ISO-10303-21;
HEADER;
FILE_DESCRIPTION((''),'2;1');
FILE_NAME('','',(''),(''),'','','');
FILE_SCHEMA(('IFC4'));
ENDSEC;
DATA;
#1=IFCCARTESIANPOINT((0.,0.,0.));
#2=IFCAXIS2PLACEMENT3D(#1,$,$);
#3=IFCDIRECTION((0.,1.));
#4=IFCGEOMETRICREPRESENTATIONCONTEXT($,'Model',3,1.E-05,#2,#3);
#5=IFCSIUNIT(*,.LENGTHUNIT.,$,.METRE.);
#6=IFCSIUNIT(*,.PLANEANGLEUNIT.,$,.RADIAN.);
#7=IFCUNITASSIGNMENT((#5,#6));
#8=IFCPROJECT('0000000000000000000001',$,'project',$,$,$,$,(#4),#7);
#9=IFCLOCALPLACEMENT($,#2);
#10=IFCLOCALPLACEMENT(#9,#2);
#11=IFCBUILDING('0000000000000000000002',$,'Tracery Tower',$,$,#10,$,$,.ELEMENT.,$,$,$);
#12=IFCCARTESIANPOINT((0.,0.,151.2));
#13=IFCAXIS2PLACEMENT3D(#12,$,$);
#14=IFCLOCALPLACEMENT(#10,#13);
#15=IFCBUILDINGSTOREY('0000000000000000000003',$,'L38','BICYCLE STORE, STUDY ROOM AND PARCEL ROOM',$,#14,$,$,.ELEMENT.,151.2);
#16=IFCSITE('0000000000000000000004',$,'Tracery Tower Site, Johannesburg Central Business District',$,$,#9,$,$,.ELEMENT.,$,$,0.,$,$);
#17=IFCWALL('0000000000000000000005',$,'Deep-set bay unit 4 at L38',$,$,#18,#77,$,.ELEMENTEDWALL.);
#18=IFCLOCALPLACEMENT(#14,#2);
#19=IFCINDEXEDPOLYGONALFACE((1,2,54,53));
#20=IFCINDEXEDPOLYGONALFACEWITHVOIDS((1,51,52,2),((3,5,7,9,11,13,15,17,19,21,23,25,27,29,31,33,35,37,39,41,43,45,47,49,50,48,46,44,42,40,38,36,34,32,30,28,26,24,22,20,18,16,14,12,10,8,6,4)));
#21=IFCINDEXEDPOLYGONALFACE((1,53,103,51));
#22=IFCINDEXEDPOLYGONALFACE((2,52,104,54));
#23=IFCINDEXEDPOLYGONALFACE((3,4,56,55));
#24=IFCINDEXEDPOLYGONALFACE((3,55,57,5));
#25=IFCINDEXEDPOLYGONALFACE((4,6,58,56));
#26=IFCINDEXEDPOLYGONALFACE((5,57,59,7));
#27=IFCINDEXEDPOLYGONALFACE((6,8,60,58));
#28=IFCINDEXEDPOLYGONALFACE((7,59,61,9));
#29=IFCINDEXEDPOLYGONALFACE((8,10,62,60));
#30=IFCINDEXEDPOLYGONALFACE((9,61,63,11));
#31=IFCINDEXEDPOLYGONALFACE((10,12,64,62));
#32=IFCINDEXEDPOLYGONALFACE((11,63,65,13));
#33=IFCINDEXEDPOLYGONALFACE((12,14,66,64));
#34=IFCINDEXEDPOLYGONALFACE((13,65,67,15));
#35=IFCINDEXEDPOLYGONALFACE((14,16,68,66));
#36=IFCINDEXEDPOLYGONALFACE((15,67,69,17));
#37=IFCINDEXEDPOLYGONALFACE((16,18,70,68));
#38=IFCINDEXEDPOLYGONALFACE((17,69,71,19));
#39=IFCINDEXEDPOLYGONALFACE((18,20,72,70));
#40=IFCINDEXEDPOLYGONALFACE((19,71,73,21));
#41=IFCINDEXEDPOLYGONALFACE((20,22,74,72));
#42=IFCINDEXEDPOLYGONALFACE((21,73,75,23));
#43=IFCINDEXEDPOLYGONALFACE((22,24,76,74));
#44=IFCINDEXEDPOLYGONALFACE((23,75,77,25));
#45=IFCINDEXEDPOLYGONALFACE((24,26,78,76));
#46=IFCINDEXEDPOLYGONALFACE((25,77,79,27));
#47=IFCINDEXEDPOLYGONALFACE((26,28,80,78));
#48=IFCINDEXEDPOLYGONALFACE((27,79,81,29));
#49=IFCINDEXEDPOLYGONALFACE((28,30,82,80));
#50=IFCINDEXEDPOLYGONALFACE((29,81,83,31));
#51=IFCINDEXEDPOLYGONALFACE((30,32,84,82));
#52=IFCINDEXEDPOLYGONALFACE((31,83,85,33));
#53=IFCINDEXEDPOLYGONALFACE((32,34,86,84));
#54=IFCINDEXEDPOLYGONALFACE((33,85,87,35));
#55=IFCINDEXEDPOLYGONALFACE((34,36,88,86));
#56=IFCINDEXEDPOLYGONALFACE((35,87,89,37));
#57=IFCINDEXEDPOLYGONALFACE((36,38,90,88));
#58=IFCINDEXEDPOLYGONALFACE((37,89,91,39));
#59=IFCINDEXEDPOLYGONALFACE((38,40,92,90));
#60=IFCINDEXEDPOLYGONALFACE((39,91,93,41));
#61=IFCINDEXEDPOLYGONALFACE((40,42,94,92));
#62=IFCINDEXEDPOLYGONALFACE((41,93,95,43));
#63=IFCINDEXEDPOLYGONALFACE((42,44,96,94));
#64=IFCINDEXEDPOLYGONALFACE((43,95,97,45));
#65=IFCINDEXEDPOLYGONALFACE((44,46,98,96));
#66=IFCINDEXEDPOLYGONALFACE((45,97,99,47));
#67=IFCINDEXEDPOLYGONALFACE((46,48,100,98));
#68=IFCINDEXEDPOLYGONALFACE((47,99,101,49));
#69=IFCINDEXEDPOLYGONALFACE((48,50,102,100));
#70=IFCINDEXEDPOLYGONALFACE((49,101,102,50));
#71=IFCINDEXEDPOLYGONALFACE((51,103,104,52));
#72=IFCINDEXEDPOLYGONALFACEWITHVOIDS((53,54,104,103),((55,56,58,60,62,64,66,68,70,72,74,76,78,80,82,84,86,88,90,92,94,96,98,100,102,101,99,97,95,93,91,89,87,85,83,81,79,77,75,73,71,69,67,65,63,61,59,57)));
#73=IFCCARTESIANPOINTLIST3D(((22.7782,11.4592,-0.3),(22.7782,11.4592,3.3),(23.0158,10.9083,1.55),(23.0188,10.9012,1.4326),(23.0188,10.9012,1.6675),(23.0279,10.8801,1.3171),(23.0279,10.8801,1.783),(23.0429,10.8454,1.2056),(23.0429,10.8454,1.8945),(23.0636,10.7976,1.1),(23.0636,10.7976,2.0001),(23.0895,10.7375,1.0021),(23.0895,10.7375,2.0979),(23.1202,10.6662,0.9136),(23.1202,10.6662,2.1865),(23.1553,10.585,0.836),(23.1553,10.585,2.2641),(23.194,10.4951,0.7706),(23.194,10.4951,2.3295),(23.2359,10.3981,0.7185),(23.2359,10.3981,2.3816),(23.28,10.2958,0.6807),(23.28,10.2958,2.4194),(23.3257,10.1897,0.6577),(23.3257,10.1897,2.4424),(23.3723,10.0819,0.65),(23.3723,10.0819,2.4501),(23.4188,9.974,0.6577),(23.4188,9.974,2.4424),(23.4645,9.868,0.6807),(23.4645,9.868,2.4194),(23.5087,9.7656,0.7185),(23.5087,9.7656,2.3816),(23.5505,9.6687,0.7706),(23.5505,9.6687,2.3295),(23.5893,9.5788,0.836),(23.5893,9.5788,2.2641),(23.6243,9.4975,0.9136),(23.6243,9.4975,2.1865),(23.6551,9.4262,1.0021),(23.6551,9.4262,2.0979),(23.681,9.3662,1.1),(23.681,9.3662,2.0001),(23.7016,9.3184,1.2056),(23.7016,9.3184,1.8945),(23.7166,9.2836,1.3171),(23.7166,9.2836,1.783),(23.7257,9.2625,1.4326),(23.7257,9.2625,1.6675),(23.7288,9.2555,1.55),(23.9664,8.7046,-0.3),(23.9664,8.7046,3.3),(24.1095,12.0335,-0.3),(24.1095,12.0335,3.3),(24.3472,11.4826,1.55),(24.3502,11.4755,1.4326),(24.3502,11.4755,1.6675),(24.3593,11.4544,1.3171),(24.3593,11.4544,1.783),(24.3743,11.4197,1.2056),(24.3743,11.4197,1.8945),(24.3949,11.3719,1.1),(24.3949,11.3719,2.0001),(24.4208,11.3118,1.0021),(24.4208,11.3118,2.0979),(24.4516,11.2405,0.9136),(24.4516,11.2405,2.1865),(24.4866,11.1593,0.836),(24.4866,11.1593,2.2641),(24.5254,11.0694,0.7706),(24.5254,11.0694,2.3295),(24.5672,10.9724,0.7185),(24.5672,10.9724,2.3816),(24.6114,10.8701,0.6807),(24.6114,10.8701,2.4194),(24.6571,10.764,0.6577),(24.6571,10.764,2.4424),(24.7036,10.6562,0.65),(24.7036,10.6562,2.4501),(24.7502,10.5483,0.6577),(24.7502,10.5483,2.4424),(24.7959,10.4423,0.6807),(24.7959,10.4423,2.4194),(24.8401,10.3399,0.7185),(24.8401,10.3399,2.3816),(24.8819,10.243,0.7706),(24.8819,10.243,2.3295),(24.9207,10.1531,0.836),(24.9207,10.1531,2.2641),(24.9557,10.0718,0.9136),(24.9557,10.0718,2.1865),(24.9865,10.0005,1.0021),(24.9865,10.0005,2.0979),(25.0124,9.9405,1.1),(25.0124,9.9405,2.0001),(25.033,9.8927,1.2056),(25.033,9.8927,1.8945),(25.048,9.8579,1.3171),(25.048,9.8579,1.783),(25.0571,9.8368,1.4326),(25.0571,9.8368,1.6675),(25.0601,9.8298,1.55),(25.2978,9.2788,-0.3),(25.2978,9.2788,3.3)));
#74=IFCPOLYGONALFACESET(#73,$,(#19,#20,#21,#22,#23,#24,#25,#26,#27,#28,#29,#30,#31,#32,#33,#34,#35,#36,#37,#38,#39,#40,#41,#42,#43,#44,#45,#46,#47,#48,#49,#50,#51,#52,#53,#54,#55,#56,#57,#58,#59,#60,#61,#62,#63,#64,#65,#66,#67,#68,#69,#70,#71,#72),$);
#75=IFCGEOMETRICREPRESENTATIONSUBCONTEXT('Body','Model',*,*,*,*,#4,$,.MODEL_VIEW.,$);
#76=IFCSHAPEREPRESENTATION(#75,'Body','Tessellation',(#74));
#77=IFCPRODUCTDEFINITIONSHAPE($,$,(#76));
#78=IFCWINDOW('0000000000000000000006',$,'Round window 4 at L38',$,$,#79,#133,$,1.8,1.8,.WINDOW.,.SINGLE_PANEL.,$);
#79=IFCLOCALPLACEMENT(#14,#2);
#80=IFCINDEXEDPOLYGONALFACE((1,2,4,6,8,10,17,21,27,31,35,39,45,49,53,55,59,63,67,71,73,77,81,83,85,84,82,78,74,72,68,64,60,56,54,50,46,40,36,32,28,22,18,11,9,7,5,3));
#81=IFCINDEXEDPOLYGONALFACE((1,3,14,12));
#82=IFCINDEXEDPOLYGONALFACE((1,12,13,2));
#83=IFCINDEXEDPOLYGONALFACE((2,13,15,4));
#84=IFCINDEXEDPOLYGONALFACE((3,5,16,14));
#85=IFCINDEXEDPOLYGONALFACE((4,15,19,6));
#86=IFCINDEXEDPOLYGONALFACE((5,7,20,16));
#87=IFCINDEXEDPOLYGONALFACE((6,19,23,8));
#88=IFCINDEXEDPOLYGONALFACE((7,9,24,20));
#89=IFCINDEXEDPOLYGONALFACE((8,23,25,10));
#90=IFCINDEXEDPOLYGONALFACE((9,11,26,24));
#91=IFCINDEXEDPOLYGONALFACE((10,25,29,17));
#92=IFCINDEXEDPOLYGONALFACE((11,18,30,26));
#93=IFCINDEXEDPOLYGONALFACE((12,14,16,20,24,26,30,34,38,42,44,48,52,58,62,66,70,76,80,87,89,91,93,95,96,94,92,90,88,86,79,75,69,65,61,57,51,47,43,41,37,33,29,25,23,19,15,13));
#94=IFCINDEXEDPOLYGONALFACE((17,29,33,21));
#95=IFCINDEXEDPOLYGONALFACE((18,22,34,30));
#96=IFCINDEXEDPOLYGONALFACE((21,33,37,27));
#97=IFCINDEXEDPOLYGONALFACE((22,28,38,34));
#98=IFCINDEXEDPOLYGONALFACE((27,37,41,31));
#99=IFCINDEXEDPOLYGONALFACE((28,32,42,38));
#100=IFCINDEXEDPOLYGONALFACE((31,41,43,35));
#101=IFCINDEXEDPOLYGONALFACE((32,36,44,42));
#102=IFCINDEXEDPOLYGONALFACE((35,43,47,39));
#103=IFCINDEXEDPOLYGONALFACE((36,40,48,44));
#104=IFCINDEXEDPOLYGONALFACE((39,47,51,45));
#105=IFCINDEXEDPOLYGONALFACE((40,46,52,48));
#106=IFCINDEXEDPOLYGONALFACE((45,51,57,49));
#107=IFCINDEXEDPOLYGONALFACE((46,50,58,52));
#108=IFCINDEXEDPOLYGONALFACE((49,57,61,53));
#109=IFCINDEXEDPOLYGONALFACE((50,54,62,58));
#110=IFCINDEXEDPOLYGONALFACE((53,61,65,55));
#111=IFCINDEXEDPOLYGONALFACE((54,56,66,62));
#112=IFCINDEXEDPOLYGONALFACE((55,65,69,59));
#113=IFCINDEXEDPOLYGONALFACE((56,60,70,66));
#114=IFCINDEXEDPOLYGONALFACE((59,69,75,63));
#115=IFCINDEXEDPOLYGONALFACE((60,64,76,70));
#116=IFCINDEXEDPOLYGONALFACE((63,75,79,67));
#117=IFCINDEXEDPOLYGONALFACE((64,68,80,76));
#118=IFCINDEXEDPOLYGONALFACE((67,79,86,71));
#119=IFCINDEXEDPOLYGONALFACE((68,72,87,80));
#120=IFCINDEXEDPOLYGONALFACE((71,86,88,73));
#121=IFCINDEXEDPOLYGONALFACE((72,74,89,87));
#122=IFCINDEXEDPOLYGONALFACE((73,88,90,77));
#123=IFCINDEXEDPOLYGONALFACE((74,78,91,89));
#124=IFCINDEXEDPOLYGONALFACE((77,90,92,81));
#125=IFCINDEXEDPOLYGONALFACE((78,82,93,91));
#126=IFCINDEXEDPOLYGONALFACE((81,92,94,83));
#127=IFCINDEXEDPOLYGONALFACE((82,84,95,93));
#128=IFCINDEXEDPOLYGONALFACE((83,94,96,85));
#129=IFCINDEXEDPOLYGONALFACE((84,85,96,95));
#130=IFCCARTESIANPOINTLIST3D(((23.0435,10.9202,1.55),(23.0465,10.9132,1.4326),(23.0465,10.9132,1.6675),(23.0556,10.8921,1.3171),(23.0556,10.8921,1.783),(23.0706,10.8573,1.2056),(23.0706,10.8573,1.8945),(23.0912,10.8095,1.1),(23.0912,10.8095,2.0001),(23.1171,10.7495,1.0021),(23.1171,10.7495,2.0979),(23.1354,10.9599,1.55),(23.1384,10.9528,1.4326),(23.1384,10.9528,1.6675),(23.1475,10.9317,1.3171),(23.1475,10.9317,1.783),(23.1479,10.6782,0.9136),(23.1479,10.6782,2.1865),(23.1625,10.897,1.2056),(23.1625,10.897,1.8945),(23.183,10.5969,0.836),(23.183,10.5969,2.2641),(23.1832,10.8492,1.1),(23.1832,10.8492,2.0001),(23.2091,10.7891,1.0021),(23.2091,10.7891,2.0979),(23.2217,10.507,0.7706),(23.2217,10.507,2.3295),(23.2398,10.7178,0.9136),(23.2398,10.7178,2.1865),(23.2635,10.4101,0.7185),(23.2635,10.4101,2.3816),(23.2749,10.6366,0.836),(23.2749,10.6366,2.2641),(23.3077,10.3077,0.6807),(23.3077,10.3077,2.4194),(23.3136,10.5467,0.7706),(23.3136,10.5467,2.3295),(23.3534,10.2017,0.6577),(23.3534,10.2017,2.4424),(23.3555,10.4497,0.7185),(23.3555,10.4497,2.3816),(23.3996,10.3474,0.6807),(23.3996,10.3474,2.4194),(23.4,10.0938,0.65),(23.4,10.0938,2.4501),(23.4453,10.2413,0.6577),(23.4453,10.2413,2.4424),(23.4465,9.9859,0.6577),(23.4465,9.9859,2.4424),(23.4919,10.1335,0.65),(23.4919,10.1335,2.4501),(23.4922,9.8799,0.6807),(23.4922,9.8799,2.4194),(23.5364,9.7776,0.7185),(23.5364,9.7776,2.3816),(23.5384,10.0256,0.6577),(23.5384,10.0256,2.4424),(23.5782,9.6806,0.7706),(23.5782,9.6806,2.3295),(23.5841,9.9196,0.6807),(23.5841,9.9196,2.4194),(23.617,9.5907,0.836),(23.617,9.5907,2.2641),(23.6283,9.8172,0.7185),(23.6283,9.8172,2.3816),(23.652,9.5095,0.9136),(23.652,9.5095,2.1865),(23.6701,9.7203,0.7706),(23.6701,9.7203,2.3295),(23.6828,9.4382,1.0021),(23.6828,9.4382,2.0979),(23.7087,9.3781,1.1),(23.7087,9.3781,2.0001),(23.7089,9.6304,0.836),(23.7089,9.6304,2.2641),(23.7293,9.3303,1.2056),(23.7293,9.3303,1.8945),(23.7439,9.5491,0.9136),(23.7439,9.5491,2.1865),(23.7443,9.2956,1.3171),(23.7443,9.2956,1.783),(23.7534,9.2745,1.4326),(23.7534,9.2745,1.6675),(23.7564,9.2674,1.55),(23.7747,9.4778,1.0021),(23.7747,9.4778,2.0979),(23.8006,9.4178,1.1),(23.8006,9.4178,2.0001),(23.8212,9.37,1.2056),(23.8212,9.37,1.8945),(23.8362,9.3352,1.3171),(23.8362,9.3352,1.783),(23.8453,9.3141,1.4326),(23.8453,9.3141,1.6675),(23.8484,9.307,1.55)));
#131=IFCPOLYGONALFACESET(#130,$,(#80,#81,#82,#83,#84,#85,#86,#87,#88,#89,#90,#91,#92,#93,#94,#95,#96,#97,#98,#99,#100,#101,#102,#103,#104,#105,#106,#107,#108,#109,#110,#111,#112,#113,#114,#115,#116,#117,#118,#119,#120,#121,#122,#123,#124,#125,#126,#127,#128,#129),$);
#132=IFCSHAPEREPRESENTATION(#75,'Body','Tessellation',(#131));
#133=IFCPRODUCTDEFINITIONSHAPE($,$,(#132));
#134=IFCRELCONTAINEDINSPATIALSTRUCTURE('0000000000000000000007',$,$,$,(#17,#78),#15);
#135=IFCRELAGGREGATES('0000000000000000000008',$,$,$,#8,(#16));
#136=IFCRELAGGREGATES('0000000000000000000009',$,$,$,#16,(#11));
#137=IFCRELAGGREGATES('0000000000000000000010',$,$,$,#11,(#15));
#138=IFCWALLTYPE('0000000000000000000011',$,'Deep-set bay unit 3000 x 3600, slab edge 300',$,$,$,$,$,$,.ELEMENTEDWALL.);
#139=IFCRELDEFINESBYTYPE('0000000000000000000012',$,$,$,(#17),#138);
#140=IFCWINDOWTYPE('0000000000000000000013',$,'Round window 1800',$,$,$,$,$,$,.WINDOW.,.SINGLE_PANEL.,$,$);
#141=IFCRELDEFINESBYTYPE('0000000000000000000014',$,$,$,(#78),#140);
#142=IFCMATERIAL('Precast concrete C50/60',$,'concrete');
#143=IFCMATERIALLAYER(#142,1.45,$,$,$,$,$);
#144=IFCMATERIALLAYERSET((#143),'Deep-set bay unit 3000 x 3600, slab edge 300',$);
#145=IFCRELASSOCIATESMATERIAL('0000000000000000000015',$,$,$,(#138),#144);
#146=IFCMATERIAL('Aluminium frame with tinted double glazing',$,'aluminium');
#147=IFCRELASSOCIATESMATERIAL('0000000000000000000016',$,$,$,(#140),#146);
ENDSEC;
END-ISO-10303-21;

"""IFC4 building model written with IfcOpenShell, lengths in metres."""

from ifc_helpers import new_model, si_unit, direction, frame, frame_2d, origin, origin_2d, place, context, subcontext, project, spatial, rectangle, circle, extrude, material, layer, layer_set, type_object, element, fill, save


model = new_model("IFC4")

# Units and contexts
model_context = context("Model", 3, precision=1e-05, world=origin(), true_north=direction((0.0, 1.0)))
body_context = subcontext(model_context, "Body", "Model", "MODEL_VIEW")
ifc_project = project(units=[si_unit("LENGTHUNIT", "METRE"), si_unit("PLANEANGLEUNIT", "RADIAN")], contexts=[model_context])

# Site, building, storey
site_placement = place(None, origin())
site = spatial("IfcSite", under=ifc_project, at=site_placement, Name="Tracery Tower Site, Johannesburg Central Business District", CompositionType="ELEMENT", RefElevation=0.0)
building_placement = place(site_placement, origin())
building = spatial("IfcBuilding", under=site, at=building_placement, Name="Tracery Tower", CompositionType="ELEMENT")
storey_placement = place(building_placement, frame((0.0, 0.0, 151.2)))
storey = spatial("IfcBuildingStorey", under=building, at=storey_placement, Name="L38", Description="BICYCLE STORE, STUDY ROOM AND PARCEL ROOM", CompositionType="ELEMENT", Elevation=151.2)

# Wall, opening, window
ifc_material_1 = material(Name="Precast concrete C50/60", Category="concrete")
ifc_layer_1 = layer(ifc_material_1, 1.45)
ifc_layer_set_1 = layer_set([ifc_layer_1], Name="Deep-set bay unit 3000 x 3600, slab edge 300")
wall_type_1 = type_object("IfcWallType", Name="Deep-set bay unit 3000 x 3600, slab edge 300", PredefinedType="ELEMENTEDWALL", material=ifc_layer_set_1)
ifc_material_2 = material(Name="Aluminium frame with tinted double glazing", Category="aluminium")
window_type = type_object("IfcWindowType", Name="Round window 1800", PartitioningType="SINGLE_PANEL", PredefinedType="WINDOW", material=ifc_material_2)
wall_1_placement = place(storey_placement, frame((24.6321, 8.9917, -0.3), z_axis=(0.0, 0.0, 1.0), x_axis=(-0.396079, 0.918216, 0.0)))
wall_1 = element("IfcWall", 1, at=wall_1_placement, inside=storey, type_object=wall_type_1, Name="Deep-set bay unit 4 at L38", PredefinedType="ELEMENTEDWALL", context=body_context, shape_type="SweptSolid", body=[
    extrude(rectangle(XDim=3.0, YDim=1.45, at=frame_2d((1.5, 0.0))), origin(), (0.0, 0.0, 1.0), 3.6001),
])
opening_1_placement = place(wall_1_placement, frame((1.5, 0.0, 1.8501)))
opening_1 = element("IfcOpeningElement", 2, at=opening_1_placement, cuts=wall_1, PredefinedType="OPENING", context=body_context, shape_type="SweptSolid", body=[
    extrude(circle(Radius=0.9, at=origin_2d()), frame((0.0, 0.7349, 0.0), z_axis=(0.0, -1.0, 0.0), x_axis=(1.0, 0.0, 0.0)), (0.0, 0.0, 1.0), 1.47),
])
window_1_placement = place(opening_1_placement, origin())
window_1 = element("IfcWindow", 3, at=window_1_placement, inside=storey, type_object=window_type, Name="Round window 4 at L38", OverallHeight=1.8, OverallWidth=1.8, PartitioningType="SINGLE_PANEL", PredefinedType="WINDOW", context=body_context, shape_type="SweptSolid", body=[
    extrude(circle(Radius=0.9, at=origin_2d()), frame((0.0, 0.6948, 0.0), z_axis=(0.0, -1.0, 0.0), x_axis=(1.0, 0.0, 0.0)), (0.0, 0.0, 1.0), 0.1001),
])
fill(opening_1, window_1)

save(model, "model.ifc")
